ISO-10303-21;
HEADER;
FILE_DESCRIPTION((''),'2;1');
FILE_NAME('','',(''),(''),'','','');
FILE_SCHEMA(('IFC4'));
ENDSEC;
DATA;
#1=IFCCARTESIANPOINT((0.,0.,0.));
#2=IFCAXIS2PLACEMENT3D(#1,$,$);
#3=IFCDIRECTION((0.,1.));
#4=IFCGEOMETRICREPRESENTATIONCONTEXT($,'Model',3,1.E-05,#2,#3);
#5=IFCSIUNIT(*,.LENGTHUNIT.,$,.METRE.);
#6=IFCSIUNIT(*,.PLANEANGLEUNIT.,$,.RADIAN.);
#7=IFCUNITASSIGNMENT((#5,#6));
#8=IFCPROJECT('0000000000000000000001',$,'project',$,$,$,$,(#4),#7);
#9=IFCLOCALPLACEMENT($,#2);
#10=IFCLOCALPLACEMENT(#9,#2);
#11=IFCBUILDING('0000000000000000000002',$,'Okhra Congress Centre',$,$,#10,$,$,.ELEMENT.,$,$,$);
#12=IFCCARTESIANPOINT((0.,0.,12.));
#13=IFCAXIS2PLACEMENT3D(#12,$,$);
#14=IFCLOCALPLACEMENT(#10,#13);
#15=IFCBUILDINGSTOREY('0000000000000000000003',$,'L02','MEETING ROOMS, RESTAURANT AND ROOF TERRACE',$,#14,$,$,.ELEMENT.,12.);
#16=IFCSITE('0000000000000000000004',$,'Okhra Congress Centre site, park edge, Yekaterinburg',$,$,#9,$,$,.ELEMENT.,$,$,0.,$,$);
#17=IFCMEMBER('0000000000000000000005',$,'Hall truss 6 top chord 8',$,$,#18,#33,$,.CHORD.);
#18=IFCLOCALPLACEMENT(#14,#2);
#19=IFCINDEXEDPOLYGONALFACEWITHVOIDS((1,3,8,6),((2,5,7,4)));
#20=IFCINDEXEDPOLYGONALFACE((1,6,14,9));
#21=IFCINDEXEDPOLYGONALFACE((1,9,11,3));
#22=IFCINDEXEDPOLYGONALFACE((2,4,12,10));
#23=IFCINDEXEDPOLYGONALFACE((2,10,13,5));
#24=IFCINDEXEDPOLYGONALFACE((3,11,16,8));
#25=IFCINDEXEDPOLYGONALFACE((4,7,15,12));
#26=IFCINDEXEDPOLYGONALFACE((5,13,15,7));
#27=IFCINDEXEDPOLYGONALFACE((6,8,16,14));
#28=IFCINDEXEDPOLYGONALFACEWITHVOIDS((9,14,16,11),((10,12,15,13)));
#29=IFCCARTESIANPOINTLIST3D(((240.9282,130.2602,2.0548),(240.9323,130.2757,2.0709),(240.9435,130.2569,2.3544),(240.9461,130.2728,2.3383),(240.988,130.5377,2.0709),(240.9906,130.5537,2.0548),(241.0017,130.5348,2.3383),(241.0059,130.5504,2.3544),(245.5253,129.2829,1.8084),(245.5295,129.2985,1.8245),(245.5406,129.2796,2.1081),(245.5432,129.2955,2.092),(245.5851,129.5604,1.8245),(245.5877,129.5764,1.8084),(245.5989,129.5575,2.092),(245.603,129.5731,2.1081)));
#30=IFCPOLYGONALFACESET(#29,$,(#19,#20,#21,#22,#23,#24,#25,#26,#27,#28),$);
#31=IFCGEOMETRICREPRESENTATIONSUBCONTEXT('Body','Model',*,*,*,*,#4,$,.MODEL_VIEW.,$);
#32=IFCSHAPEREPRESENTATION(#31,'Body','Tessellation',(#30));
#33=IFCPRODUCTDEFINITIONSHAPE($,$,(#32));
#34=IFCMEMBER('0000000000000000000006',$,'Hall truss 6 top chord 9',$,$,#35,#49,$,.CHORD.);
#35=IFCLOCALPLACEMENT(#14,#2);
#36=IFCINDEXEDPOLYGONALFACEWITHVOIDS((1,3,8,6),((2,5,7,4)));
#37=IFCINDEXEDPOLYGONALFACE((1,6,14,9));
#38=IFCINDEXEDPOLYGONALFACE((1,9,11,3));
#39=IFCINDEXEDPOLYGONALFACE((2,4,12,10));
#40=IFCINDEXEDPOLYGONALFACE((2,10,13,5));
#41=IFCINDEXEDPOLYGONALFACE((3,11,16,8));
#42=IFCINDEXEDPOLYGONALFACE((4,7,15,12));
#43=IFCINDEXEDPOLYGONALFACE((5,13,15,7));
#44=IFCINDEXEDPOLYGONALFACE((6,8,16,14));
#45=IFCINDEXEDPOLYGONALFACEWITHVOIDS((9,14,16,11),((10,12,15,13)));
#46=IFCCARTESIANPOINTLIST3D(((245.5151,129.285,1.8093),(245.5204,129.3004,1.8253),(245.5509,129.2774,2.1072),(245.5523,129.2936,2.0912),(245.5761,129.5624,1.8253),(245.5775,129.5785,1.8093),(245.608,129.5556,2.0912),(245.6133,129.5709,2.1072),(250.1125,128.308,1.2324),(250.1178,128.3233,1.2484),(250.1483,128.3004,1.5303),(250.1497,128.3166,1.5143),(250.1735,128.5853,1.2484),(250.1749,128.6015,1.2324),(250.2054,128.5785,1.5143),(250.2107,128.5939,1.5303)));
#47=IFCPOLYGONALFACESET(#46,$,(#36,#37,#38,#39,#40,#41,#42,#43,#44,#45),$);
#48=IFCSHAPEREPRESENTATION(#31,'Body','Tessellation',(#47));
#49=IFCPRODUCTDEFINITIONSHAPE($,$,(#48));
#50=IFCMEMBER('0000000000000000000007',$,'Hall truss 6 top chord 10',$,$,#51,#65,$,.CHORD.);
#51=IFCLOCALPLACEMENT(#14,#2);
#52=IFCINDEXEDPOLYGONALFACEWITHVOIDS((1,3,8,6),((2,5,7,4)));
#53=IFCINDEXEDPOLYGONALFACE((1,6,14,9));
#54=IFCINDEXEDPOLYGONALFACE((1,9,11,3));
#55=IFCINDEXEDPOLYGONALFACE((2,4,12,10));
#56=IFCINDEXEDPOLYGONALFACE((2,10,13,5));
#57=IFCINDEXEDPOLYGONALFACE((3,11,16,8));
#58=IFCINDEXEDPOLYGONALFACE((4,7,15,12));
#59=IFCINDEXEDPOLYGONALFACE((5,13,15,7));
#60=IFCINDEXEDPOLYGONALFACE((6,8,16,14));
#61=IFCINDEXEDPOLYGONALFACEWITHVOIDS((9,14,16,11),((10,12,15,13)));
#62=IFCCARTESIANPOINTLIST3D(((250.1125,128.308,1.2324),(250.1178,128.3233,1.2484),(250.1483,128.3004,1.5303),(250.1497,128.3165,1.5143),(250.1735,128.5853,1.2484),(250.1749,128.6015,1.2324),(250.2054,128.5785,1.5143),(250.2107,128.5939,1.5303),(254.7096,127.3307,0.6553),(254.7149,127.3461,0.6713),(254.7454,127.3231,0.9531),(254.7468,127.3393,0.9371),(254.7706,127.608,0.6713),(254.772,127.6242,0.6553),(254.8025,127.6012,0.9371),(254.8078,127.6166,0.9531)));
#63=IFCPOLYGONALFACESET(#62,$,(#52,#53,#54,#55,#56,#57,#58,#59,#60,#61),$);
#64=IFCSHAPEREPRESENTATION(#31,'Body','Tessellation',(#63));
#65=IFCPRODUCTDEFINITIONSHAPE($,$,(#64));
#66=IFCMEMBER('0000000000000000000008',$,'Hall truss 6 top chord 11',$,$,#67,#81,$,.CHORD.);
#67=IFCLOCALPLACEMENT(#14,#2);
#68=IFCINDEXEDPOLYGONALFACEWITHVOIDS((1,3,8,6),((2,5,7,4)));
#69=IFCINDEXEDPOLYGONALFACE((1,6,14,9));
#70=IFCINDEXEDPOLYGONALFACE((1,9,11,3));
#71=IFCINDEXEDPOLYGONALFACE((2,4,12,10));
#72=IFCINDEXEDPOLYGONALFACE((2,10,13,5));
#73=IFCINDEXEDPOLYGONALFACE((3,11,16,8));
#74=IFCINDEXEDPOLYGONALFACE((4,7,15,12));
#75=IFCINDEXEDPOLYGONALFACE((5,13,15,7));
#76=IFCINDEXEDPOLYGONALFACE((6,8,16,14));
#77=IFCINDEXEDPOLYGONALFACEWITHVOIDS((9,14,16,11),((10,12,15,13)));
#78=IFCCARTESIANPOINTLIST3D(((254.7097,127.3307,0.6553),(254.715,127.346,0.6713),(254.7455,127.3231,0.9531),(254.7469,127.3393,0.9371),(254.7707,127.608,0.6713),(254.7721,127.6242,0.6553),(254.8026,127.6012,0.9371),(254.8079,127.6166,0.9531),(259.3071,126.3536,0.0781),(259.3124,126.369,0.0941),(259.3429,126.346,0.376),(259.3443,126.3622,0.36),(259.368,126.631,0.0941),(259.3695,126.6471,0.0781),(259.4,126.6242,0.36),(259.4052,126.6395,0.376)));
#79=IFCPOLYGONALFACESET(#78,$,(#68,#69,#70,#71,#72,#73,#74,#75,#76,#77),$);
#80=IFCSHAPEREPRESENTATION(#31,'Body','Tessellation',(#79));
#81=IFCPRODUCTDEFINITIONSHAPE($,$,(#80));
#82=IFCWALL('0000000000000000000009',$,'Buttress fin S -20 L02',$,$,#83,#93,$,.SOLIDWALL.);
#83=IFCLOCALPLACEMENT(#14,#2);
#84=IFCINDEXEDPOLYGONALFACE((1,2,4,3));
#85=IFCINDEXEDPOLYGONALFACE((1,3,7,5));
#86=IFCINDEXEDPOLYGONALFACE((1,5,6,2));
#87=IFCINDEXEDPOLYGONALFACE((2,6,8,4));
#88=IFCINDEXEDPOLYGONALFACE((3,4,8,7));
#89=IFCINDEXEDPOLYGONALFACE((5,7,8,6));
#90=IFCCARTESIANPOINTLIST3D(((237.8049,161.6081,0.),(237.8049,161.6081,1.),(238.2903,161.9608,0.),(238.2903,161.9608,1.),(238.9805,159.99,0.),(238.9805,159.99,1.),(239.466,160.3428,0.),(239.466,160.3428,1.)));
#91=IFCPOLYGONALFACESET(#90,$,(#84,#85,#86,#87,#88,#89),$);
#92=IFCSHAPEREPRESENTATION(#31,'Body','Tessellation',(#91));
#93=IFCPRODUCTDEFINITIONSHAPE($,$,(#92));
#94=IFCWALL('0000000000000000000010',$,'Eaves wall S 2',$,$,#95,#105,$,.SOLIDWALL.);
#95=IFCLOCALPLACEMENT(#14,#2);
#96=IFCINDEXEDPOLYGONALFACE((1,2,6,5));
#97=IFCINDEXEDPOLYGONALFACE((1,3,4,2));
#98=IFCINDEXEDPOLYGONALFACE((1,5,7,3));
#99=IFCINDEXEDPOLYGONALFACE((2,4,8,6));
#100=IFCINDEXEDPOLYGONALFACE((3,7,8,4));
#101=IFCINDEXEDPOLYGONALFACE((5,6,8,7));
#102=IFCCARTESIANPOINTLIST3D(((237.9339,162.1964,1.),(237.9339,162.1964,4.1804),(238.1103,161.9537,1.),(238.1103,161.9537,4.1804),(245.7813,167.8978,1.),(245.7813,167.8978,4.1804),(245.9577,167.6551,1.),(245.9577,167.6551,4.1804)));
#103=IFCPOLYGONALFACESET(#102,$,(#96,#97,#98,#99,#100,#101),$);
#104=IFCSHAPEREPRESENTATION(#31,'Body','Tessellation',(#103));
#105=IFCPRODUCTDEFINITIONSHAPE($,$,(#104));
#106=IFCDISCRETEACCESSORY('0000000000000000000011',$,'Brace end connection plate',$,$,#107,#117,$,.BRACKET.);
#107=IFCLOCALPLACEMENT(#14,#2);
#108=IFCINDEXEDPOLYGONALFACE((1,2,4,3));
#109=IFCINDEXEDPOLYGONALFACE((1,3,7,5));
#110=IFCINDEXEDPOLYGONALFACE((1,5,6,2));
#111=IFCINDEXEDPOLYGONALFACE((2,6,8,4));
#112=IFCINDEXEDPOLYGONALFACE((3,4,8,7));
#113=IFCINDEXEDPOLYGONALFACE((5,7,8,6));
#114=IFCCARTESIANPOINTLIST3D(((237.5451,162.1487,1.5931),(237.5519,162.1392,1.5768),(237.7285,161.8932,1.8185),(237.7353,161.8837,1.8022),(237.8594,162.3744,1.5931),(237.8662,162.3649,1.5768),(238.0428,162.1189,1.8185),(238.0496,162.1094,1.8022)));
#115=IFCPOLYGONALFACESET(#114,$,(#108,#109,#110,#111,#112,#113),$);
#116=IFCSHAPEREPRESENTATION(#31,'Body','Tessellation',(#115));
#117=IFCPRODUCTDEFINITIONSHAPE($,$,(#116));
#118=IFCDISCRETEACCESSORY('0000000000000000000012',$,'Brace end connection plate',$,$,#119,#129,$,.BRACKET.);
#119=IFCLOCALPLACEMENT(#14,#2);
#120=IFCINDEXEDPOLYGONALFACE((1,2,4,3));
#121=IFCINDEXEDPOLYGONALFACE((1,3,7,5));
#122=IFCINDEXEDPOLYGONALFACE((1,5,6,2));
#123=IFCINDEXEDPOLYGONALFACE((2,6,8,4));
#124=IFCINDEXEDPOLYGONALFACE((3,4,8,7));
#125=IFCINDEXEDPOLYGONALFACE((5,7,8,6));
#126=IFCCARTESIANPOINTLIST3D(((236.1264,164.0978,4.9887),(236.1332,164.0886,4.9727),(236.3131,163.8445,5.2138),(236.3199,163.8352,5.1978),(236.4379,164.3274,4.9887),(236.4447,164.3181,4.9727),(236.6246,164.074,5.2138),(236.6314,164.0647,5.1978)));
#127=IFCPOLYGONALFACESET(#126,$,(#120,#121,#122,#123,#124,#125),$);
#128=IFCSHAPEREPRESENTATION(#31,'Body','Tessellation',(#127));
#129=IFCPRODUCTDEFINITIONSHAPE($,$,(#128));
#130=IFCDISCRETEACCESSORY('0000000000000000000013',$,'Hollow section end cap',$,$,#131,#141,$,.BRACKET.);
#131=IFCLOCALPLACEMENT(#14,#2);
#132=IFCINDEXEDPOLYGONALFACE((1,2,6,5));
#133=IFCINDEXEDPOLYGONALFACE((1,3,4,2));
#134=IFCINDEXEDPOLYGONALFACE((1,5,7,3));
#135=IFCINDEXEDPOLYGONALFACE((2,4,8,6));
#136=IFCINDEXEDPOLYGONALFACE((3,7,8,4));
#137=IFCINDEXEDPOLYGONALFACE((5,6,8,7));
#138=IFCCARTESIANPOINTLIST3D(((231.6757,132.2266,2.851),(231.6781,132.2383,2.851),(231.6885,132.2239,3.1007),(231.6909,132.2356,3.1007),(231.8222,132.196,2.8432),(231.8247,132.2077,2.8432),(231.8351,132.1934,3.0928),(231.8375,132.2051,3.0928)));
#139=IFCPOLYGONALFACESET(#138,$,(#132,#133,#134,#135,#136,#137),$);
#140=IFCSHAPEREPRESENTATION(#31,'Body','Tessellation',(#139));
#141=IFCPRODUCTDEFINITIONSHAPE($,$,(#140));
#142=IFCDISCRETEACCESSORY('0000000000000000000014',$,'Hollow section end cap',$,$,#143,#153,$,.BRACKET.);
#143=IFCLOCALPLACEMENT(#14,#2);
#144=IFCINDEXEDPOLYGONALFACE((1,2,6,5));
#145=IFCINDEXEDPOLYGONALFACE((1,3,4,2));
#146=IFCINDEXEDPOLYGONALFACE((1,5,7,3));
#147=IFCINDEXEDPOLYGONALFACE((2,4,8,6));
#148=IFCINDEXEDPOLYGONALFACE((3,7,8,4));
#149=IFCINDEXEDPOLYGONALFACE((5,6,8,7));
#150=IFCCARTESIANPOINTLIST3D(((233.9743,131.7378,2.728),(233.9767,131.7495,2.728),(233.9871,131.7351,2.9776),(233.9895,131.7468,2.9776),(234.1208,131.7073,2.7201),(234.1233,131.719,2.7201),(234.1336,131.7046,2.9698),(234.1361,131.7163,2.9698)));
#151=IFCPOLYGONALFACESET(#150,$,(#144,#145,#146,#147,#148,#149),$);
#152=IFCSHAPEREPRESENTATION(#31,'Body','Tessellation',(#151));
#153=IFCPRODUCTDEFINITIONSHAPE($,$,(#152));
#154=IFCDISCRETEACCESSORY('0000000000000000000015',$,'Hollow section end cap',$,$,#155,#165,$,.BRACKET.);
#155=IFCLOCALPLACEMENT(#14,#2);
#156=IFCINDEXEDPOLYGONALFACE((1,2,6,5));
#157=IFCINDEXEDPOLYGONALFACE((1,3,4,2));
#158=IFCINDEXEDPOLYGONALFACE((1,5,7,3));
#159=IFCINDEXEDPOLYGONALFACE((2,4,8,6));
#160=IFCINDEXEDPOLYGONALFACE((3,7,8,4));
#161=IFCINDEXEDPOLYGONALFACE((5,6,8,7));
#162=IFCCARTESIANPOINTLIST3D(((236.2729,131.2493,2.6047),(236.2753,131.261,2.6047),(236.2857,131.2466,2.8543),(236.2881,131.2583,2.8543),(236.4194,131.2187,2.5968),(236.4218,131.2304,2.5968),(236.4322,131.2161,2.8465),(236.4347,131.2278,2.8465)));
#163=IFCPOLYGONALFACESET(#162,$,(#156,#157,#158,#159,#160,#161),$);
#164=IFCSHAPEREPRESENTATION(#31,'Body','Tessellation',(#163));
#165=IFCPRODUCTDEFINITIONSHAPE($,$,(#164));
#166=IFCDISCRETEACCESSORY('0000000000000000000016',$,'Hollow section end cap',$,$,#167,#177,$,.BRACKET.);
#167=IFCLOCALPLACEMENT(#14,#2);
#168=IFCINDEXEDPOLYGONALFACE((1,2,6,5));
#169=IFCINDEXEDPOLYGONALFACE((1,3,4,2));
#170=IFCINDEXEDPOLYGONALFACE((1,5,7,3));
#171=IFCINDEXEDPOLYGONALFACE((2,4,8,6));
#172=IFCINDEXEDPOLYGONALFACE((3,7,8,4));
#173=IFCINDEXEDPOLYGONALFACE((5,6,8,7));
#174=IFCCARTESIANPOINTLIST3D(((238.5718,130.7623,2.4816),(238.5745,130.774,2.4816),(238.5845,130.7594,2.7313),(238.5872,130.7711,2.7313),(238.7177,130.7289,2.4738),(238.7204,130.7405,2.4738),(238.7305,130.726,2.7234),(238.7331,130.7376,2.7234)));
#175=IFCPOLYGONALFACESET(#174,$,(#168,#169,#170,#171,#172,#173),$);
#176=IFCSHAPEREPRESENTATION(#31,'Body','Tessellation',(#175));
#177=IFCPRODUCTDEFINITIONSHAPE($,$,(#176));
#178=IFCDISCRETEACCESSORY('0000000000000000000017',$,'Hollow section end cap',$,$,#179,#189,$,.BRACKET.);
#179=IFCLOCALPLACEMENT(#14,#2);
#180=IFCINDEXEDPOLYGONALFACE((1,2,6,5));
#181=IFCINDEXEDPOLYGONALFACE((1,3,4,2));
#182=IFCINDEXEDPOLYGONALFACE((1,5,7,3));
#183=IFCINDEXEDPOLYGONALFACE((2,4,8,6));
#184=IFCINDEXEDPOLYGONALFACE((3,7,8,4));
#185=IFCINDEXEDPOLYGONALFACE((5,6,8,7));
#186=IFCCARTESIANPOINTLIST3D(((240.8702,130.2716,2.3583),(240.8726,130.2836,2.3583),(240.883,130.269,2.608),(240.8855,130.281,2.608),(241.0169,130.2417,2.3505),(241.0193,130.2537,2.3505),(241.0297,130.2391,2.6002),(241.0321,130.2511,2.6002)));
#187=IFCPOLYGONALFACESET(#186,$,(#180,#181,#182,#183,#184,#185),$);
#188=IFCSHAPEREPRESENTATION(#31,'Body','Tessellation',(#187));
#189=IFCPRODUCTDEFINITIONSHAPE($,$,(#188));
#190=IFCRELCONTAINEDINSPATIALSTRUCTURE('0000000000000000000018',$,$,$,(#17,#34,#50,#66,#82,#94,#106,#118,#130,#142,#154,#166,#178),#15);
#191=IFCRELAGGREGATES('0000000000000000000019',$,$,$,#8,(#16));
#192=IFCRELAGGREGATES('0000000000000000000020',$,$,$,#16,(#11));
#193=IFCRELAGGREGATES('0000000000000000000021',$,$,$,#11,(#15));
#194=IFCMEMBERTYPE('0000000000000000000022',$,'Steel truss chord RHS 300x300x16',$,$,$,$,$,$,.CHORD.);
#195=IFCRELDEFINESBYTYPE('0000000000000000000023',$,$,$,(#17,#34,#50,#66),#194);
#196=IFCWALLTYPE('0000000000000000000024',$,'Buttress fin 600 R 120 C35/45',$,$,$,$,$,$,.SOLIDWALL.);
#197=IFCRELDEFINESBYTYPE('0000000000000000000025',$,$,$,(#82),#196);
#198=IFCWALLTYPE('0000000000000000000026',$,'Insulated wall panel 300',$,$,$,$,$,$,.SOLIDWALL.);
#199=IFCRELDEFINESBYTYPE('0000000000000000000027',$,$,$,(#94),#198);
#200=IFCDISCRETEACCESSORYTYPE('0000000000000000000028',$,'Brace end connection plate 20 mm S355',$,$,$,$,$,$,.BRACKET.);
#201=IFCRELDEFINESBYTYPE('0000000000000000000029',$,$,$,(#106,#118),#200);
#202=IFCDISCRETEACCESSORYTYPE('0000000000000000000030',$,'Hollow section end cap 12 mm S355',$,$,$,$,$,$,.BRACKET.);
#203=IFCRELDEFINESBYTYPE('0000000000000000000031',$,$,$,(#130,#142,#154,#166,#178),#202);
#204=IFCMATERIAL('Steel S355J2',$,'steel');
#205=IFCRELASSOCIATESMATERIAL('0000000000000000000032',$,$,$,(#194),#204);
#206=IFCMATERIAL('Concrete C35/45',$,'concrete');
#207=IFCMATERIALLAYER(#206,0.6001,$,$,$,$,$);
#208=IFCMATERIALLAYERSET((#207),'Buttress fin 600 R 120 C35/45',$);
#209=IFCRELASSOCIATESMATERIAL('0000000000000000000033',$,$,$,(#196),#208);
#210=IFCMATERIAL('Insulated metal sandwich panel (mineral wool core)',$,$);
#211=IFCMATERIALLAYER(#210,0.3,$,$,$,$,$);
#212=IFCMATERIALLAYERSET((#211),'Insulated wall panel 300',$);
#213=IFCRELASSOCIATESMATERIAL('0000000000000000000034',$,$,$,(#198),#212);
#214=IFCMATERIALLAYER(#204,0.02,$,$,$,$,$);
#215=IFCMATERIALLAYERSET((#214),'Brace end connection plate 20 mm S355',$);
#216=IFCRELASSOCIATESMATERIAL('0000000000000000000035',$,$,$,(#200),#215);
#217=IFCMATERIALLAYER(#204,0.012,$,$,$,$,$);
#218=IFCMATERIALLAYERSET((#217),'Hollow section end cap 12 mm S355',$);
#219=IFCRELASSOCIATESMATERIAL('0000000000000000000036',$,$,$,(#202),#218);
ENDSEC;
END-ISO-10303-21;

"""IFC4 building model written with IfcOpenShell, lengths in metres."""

from ifc_helpers import new_model, si_unit, direction, frame, frame_2d, origin, origin_2d, place, context, subcontext, project, spatial, rectangle, hollow_rectangle, extrude, material, layer, layer_set, material_profile, profile_set, type_object, element, save


model = new_model("IFC4")

# Units and contexts
model_context = context("Model", 3, precision=1e-05, world=origin(), true_north=direction((0.0, 1.0)))
body_context = subcontext(model_context, "Body", "Model", "MODEL_VIEW")
ifc_project = project(units=[si_unit("LENGTHUNIT", "METRE"), si_unit("PLANEANGLEUNIT", "RADIAN")], contexts=[model_context])

# Site, building, storey
site_placement = place(None, origin())
site = spatial("IfcSite", under=ifc_project, at=site_placement, Name="Okhra Congress Centre site, park edge, Yekaterinburg", CompositionType="ELEMENT", RefElevation=0.0)
building_placement = place(site_placement, origin())
building = spatial("IfcBuilding", under=site, at=building_placement, Name="Okhra Congress Centre", CompositionType="ELEMENT")
storey_placement = place(building_placement, frame((0.0, 0.0, 12.0)))
storey = spatial("IfcBuildingStorey", under=building, at=storey_placement, Name="L02", Description="MEETING ROOMS, RESTAURANT AND ROOF TERRACE", CompositionType="ELEMENT", Elevation=12.0)

# Shared definitions
ifc_material_1 = material(Name="Steel S355J2", Category="steel")

# Members
ifc_material_profile_1 = material_profile(ifc_material_1, hollow_rectangle(XDim=0.3, YDim=0.3, WallThickness=0.0161, at=origin_2d()), Name="RHS 300x300x16")
ifc_profile_set_1 = profile_set([ifc_material_profile_1], Name="Steel S355J2")
member_type_1 = type_object("IfcMemberType", Name="Steel truss chord RHS 300x300x16", PredefinedType="CHORD", material=ifc_profile_set_1)
member_1_placement = place(storey_placement, frame((240.967, 130.4053, 2.2046), z_axis=(0.976801, -0.207654, -0.052342), x_axis=(0.20794, 0.978142, 0.0)))
element("IfcMember", 1, at=member_1_placement, inside=storey, type_object=member_type_1, Name="Hall truss 6 top chord 8", PredefinedType="CHORD", context=body_context, shape_type="SweptSolid", body=[
    extrude(hollow_rectangle(XDim=0.3, YDim=0.3, WallThickness=0.0161, at=origin_2d()), origin(), (0.0, 0.0, 1.0), 4.7063),
])
member_2_placement = place(storey_placement, frame((245.5642, 129.428, 1.9583), z_axis=(0.970868, -0.206331, -0.121829), x_axis=(0.207879, 0.978154, 0.0)))
element("IfcMember", 2, at=member_2_placement, inside=storey, type_object=member_type_1, Name="Hall truss 6 top chord 9", PredefinedType="CHORD", context=body_context, shape_type="SweptSolid", body=[
    extrude(hollow_rectangle(XDim=0.3, YDim=0.3, WallThickness=0.0161, at=origin_2d()), origin(), (0.0, 0.0, 1.0), 4.7354),
])
member_3_placement = place(storey_placement, frame((250.1616, 128.4509, 1.3813), z_axis=(0.970849, -0.206389, -0.121885), x_axis=(0.20794, 0.978142, 0.0)))
element("IfcMember", 3, at=member_3_placement, inside=storey, type_object=member_type_1, Name="Hall truss 6 top chord 10", PredefinedType="CHORD", context=body_context, shape_type="SweptSolid", body=[
    extrude(hollow_rectangle(XDim=0.3, YDim=0.3, WallThickness=0.0161, at=origin_2d()), origin(), (0.0, 0.0, 1.0), 4.7351),
])
member_4_placement = place(storey_placement, frame((254.7588, 127.4736, 0.8042), z_axis=(0.970862, -0.206329, -0.12188), x_axis=(0.207879, 0.978154, 0.0)))
element("IfcMember", 4, at=member_4_placement, inside=storey, type_object=member_type_1, Name="Hall truss 6 top chord 11", PredefinedType="CHORD", context=body_context, shape_type="SweptSolid", body=[
    extrude(hollow_rectangle(XDim=0.3, YDim=0.3, WallThickness=0.0161, at=origin_2d()), origin(), (0.0, 0.0, 1.0), 4.7354),
])

# Walls
ifc_material_2 = material(Name="Concrete C35/45", Category="concrete")
ifc_layer_1 = layer(ifc_material_2, 0.6001)
ifc_layer_set_1 = layer_set([ifc_layer_1], Name="Buttress fin 600 R 120 C35/45")
wall_type_1 = type_object("IfcWallType", Name="Buttress fin 600 R 120 C35/45", PredefinedType="SOLIDWALL", material=ifc_layer_set_1)
wall_1_placement = place(storey_placement, frame((238.0476, 161.7844, 0.0), z_axis=(0.0, 0.0, 1.0), x_axis=(0.587801, -0.809005, 0.0)))
element("IfcWall", 5, at=wall_1_placement, inside=storey, type_object=wall_type_1, Name="Buttress fin S -20 L02", PredefinedType="SOLIDWALL", context=body_context, shape_type="SweptSolid", body=[
    extrude(rectangle(XDim=2.0, YDim=0.6001, at=frame_2d((1.0, 0.0))), origin(), (0.0, 0.0, 1.0), 1.0),
])
ifc_material_3 = material(Name="Insulated metal sandwich panel (mineral wool core)")
ifc_layer_2 = layer(ifc_material_3, 0.3)
ifc_layer_set_2 = layer_set([ifc_layer_2], Name="Insulated wall panel 300")
wall_type_2 = type_object("IfcWallType", Name="Insulated wall panel 300", PredefinedType="SOLIDWALL", material=ifc_layer_set_2)
wall_2_placement = place(storey_placement, frame((238.022, 162.075, 1.0), z_axis=(0.0, 0.0, 1.0), x_axis=(0.80902, 0.587781, 0.0)))
element("IfcWall", 6, at=wall_2_placement, inside=storey, type_object=wall_type_2, Name="Eaves wall S 2", PredefinedType="SOLIDWALL", context=body_context, shape_type="SweptSolid", body=[
    extrude(rectangle(XDim=9.7, YDim=0.3, at=frame_2d((4.8501, 0.0))), origin(), (0.0, 0.0, 1.0), 3.1804),
])

# Discrete accessories
ifc_layer_3 = layer(ifc_material_1, 0.02)
ifc_layer_set_3 = layer_set([ifc_layer_3], Name="Brace end connection plate 20 mm S355")
discrete_accessory_type_1 = type_object("IfcDiscreteAccessoryType", Name="Brace end connection plate 20 mm S355", PredefinedType="BRACKET", material=ifc_layer_set_3)
discrete_accessory_1_placement = place(storey_placement, frame((237.7939, 162.1338, 1.7058), z_axis=(0.3397, -0.473153, -0.812853), x_axis=(0.812324, 0.583207, 0.0)))
element("IfcDiscreteAccessory", 7, at=discrete_accessory_1_placement, inside=storey, type_object=discrete_accessory_type_1, Name="Brace end connection plate", PredefinedType="BRACKET", context=body_context, shape_type="SweptSolid", body=[
    extrude(rectangle(XDim=0.387, YDim=0.387, at=origin_2d()), origin(), (0.0, 0.0, 1.0), 0.02),
])
discrete_accessory_2_placement = place(storey_placement, frame((236.3823, 164.0767, 5.0852), z_axis=(-0.345075, 0.468316, 0.81339), x_axis=(-0.805056, -0.593199, 0.0)))
element("IfcDiscreteAccessory", 8, at=discrete_accessory_2_placement, inside=storey, type_object=discrete_accessory_type_1, Name="Brace end connection plate", PredefinedType="BRACKET", context=body_context, shape_type="SweptSolid", body=[
    extrude(rectangle(XDim=0.387, YDim=0.387, at=origin_2d()), origin(), (0.0, 0.0, 1.0), 0.0198),
])
ifc_layer_4 = layer(ifc_material_1, 0.012)
ifc_layer_set_4 = layer_set([ifc_layer_4], Name="Hollow section end cap 12 mm S355")
discrete_accessory_type_2 = type_object("IfcDiscreteAccessoryType", Name="Hollow section end cap 12 mm S355", PredefinedType="BRACKET", material=ifc_layer_set_4)
for number, where, z_axis, x_axis, name in (
    (9, (231.7554, 132.21, 2.9719), (0.203954, 0.97898, 0.0), (-0.977639, 0.203675, 0.052336), "Hollow section end cap"),
    (10, (234.054, 131.7212, 2.8489), (0.203954, 0.97898, 0.0), (-0.977639, 0.203675, 0.052336), "Hollow section end cap"),
    (11, (236.3525, 131.2327, 2.7256), (0.203954, 0.97898, 0.0), (-0.977639, 0.203675, 0.052336), "Hollow section end cap"),
    (12, (238.6511, 130.7441, 2.6025), (0.223376, 0.974732, 0.0), (-0.973396, 0.22307, 0.052336), "Hollow section end cap"),
):
    element("IfcDiscreteAccessory", number, at=place(storey_placement, frame(where, z_axis=z_axis, x_axis=x_axis)), inside=storey, type_object=discrete_accessory_type_2, Name=name, PredefinedType="BRACKET", context=body_context, shape_type="SweptSolid", body=[
        extrude(rectangle(XDim=0.1499, YDim=0.25, at=origin_2d()), origin(), (0.0, 0.0, 1.0), 0.012),
    ])
discrete_accessory_3_placement = place(storey_placement, frame((240.95, 130.2554, 2.4792), z_axis=(0.19996, 0.979804, 0.0), x_axis=(-0.978461, 0.199686, 0.052336)))
element("IfcDiscreteAccessory", 13, at=discrete_accessory_3_placement, inside=storey, type_object=discrete_accessory_type_2, Name="Hollow section end cap", PredefinedType="BRACKET", context=body_context, shape_type="SweptSolid", body=[
    extrude(rectangle(XDim=0.1499, YDim=0.25, at=origin_2d()), origin(), (0.0, 0.0, 1.0), 0.0122),
])

save(model, "model.ifc")
